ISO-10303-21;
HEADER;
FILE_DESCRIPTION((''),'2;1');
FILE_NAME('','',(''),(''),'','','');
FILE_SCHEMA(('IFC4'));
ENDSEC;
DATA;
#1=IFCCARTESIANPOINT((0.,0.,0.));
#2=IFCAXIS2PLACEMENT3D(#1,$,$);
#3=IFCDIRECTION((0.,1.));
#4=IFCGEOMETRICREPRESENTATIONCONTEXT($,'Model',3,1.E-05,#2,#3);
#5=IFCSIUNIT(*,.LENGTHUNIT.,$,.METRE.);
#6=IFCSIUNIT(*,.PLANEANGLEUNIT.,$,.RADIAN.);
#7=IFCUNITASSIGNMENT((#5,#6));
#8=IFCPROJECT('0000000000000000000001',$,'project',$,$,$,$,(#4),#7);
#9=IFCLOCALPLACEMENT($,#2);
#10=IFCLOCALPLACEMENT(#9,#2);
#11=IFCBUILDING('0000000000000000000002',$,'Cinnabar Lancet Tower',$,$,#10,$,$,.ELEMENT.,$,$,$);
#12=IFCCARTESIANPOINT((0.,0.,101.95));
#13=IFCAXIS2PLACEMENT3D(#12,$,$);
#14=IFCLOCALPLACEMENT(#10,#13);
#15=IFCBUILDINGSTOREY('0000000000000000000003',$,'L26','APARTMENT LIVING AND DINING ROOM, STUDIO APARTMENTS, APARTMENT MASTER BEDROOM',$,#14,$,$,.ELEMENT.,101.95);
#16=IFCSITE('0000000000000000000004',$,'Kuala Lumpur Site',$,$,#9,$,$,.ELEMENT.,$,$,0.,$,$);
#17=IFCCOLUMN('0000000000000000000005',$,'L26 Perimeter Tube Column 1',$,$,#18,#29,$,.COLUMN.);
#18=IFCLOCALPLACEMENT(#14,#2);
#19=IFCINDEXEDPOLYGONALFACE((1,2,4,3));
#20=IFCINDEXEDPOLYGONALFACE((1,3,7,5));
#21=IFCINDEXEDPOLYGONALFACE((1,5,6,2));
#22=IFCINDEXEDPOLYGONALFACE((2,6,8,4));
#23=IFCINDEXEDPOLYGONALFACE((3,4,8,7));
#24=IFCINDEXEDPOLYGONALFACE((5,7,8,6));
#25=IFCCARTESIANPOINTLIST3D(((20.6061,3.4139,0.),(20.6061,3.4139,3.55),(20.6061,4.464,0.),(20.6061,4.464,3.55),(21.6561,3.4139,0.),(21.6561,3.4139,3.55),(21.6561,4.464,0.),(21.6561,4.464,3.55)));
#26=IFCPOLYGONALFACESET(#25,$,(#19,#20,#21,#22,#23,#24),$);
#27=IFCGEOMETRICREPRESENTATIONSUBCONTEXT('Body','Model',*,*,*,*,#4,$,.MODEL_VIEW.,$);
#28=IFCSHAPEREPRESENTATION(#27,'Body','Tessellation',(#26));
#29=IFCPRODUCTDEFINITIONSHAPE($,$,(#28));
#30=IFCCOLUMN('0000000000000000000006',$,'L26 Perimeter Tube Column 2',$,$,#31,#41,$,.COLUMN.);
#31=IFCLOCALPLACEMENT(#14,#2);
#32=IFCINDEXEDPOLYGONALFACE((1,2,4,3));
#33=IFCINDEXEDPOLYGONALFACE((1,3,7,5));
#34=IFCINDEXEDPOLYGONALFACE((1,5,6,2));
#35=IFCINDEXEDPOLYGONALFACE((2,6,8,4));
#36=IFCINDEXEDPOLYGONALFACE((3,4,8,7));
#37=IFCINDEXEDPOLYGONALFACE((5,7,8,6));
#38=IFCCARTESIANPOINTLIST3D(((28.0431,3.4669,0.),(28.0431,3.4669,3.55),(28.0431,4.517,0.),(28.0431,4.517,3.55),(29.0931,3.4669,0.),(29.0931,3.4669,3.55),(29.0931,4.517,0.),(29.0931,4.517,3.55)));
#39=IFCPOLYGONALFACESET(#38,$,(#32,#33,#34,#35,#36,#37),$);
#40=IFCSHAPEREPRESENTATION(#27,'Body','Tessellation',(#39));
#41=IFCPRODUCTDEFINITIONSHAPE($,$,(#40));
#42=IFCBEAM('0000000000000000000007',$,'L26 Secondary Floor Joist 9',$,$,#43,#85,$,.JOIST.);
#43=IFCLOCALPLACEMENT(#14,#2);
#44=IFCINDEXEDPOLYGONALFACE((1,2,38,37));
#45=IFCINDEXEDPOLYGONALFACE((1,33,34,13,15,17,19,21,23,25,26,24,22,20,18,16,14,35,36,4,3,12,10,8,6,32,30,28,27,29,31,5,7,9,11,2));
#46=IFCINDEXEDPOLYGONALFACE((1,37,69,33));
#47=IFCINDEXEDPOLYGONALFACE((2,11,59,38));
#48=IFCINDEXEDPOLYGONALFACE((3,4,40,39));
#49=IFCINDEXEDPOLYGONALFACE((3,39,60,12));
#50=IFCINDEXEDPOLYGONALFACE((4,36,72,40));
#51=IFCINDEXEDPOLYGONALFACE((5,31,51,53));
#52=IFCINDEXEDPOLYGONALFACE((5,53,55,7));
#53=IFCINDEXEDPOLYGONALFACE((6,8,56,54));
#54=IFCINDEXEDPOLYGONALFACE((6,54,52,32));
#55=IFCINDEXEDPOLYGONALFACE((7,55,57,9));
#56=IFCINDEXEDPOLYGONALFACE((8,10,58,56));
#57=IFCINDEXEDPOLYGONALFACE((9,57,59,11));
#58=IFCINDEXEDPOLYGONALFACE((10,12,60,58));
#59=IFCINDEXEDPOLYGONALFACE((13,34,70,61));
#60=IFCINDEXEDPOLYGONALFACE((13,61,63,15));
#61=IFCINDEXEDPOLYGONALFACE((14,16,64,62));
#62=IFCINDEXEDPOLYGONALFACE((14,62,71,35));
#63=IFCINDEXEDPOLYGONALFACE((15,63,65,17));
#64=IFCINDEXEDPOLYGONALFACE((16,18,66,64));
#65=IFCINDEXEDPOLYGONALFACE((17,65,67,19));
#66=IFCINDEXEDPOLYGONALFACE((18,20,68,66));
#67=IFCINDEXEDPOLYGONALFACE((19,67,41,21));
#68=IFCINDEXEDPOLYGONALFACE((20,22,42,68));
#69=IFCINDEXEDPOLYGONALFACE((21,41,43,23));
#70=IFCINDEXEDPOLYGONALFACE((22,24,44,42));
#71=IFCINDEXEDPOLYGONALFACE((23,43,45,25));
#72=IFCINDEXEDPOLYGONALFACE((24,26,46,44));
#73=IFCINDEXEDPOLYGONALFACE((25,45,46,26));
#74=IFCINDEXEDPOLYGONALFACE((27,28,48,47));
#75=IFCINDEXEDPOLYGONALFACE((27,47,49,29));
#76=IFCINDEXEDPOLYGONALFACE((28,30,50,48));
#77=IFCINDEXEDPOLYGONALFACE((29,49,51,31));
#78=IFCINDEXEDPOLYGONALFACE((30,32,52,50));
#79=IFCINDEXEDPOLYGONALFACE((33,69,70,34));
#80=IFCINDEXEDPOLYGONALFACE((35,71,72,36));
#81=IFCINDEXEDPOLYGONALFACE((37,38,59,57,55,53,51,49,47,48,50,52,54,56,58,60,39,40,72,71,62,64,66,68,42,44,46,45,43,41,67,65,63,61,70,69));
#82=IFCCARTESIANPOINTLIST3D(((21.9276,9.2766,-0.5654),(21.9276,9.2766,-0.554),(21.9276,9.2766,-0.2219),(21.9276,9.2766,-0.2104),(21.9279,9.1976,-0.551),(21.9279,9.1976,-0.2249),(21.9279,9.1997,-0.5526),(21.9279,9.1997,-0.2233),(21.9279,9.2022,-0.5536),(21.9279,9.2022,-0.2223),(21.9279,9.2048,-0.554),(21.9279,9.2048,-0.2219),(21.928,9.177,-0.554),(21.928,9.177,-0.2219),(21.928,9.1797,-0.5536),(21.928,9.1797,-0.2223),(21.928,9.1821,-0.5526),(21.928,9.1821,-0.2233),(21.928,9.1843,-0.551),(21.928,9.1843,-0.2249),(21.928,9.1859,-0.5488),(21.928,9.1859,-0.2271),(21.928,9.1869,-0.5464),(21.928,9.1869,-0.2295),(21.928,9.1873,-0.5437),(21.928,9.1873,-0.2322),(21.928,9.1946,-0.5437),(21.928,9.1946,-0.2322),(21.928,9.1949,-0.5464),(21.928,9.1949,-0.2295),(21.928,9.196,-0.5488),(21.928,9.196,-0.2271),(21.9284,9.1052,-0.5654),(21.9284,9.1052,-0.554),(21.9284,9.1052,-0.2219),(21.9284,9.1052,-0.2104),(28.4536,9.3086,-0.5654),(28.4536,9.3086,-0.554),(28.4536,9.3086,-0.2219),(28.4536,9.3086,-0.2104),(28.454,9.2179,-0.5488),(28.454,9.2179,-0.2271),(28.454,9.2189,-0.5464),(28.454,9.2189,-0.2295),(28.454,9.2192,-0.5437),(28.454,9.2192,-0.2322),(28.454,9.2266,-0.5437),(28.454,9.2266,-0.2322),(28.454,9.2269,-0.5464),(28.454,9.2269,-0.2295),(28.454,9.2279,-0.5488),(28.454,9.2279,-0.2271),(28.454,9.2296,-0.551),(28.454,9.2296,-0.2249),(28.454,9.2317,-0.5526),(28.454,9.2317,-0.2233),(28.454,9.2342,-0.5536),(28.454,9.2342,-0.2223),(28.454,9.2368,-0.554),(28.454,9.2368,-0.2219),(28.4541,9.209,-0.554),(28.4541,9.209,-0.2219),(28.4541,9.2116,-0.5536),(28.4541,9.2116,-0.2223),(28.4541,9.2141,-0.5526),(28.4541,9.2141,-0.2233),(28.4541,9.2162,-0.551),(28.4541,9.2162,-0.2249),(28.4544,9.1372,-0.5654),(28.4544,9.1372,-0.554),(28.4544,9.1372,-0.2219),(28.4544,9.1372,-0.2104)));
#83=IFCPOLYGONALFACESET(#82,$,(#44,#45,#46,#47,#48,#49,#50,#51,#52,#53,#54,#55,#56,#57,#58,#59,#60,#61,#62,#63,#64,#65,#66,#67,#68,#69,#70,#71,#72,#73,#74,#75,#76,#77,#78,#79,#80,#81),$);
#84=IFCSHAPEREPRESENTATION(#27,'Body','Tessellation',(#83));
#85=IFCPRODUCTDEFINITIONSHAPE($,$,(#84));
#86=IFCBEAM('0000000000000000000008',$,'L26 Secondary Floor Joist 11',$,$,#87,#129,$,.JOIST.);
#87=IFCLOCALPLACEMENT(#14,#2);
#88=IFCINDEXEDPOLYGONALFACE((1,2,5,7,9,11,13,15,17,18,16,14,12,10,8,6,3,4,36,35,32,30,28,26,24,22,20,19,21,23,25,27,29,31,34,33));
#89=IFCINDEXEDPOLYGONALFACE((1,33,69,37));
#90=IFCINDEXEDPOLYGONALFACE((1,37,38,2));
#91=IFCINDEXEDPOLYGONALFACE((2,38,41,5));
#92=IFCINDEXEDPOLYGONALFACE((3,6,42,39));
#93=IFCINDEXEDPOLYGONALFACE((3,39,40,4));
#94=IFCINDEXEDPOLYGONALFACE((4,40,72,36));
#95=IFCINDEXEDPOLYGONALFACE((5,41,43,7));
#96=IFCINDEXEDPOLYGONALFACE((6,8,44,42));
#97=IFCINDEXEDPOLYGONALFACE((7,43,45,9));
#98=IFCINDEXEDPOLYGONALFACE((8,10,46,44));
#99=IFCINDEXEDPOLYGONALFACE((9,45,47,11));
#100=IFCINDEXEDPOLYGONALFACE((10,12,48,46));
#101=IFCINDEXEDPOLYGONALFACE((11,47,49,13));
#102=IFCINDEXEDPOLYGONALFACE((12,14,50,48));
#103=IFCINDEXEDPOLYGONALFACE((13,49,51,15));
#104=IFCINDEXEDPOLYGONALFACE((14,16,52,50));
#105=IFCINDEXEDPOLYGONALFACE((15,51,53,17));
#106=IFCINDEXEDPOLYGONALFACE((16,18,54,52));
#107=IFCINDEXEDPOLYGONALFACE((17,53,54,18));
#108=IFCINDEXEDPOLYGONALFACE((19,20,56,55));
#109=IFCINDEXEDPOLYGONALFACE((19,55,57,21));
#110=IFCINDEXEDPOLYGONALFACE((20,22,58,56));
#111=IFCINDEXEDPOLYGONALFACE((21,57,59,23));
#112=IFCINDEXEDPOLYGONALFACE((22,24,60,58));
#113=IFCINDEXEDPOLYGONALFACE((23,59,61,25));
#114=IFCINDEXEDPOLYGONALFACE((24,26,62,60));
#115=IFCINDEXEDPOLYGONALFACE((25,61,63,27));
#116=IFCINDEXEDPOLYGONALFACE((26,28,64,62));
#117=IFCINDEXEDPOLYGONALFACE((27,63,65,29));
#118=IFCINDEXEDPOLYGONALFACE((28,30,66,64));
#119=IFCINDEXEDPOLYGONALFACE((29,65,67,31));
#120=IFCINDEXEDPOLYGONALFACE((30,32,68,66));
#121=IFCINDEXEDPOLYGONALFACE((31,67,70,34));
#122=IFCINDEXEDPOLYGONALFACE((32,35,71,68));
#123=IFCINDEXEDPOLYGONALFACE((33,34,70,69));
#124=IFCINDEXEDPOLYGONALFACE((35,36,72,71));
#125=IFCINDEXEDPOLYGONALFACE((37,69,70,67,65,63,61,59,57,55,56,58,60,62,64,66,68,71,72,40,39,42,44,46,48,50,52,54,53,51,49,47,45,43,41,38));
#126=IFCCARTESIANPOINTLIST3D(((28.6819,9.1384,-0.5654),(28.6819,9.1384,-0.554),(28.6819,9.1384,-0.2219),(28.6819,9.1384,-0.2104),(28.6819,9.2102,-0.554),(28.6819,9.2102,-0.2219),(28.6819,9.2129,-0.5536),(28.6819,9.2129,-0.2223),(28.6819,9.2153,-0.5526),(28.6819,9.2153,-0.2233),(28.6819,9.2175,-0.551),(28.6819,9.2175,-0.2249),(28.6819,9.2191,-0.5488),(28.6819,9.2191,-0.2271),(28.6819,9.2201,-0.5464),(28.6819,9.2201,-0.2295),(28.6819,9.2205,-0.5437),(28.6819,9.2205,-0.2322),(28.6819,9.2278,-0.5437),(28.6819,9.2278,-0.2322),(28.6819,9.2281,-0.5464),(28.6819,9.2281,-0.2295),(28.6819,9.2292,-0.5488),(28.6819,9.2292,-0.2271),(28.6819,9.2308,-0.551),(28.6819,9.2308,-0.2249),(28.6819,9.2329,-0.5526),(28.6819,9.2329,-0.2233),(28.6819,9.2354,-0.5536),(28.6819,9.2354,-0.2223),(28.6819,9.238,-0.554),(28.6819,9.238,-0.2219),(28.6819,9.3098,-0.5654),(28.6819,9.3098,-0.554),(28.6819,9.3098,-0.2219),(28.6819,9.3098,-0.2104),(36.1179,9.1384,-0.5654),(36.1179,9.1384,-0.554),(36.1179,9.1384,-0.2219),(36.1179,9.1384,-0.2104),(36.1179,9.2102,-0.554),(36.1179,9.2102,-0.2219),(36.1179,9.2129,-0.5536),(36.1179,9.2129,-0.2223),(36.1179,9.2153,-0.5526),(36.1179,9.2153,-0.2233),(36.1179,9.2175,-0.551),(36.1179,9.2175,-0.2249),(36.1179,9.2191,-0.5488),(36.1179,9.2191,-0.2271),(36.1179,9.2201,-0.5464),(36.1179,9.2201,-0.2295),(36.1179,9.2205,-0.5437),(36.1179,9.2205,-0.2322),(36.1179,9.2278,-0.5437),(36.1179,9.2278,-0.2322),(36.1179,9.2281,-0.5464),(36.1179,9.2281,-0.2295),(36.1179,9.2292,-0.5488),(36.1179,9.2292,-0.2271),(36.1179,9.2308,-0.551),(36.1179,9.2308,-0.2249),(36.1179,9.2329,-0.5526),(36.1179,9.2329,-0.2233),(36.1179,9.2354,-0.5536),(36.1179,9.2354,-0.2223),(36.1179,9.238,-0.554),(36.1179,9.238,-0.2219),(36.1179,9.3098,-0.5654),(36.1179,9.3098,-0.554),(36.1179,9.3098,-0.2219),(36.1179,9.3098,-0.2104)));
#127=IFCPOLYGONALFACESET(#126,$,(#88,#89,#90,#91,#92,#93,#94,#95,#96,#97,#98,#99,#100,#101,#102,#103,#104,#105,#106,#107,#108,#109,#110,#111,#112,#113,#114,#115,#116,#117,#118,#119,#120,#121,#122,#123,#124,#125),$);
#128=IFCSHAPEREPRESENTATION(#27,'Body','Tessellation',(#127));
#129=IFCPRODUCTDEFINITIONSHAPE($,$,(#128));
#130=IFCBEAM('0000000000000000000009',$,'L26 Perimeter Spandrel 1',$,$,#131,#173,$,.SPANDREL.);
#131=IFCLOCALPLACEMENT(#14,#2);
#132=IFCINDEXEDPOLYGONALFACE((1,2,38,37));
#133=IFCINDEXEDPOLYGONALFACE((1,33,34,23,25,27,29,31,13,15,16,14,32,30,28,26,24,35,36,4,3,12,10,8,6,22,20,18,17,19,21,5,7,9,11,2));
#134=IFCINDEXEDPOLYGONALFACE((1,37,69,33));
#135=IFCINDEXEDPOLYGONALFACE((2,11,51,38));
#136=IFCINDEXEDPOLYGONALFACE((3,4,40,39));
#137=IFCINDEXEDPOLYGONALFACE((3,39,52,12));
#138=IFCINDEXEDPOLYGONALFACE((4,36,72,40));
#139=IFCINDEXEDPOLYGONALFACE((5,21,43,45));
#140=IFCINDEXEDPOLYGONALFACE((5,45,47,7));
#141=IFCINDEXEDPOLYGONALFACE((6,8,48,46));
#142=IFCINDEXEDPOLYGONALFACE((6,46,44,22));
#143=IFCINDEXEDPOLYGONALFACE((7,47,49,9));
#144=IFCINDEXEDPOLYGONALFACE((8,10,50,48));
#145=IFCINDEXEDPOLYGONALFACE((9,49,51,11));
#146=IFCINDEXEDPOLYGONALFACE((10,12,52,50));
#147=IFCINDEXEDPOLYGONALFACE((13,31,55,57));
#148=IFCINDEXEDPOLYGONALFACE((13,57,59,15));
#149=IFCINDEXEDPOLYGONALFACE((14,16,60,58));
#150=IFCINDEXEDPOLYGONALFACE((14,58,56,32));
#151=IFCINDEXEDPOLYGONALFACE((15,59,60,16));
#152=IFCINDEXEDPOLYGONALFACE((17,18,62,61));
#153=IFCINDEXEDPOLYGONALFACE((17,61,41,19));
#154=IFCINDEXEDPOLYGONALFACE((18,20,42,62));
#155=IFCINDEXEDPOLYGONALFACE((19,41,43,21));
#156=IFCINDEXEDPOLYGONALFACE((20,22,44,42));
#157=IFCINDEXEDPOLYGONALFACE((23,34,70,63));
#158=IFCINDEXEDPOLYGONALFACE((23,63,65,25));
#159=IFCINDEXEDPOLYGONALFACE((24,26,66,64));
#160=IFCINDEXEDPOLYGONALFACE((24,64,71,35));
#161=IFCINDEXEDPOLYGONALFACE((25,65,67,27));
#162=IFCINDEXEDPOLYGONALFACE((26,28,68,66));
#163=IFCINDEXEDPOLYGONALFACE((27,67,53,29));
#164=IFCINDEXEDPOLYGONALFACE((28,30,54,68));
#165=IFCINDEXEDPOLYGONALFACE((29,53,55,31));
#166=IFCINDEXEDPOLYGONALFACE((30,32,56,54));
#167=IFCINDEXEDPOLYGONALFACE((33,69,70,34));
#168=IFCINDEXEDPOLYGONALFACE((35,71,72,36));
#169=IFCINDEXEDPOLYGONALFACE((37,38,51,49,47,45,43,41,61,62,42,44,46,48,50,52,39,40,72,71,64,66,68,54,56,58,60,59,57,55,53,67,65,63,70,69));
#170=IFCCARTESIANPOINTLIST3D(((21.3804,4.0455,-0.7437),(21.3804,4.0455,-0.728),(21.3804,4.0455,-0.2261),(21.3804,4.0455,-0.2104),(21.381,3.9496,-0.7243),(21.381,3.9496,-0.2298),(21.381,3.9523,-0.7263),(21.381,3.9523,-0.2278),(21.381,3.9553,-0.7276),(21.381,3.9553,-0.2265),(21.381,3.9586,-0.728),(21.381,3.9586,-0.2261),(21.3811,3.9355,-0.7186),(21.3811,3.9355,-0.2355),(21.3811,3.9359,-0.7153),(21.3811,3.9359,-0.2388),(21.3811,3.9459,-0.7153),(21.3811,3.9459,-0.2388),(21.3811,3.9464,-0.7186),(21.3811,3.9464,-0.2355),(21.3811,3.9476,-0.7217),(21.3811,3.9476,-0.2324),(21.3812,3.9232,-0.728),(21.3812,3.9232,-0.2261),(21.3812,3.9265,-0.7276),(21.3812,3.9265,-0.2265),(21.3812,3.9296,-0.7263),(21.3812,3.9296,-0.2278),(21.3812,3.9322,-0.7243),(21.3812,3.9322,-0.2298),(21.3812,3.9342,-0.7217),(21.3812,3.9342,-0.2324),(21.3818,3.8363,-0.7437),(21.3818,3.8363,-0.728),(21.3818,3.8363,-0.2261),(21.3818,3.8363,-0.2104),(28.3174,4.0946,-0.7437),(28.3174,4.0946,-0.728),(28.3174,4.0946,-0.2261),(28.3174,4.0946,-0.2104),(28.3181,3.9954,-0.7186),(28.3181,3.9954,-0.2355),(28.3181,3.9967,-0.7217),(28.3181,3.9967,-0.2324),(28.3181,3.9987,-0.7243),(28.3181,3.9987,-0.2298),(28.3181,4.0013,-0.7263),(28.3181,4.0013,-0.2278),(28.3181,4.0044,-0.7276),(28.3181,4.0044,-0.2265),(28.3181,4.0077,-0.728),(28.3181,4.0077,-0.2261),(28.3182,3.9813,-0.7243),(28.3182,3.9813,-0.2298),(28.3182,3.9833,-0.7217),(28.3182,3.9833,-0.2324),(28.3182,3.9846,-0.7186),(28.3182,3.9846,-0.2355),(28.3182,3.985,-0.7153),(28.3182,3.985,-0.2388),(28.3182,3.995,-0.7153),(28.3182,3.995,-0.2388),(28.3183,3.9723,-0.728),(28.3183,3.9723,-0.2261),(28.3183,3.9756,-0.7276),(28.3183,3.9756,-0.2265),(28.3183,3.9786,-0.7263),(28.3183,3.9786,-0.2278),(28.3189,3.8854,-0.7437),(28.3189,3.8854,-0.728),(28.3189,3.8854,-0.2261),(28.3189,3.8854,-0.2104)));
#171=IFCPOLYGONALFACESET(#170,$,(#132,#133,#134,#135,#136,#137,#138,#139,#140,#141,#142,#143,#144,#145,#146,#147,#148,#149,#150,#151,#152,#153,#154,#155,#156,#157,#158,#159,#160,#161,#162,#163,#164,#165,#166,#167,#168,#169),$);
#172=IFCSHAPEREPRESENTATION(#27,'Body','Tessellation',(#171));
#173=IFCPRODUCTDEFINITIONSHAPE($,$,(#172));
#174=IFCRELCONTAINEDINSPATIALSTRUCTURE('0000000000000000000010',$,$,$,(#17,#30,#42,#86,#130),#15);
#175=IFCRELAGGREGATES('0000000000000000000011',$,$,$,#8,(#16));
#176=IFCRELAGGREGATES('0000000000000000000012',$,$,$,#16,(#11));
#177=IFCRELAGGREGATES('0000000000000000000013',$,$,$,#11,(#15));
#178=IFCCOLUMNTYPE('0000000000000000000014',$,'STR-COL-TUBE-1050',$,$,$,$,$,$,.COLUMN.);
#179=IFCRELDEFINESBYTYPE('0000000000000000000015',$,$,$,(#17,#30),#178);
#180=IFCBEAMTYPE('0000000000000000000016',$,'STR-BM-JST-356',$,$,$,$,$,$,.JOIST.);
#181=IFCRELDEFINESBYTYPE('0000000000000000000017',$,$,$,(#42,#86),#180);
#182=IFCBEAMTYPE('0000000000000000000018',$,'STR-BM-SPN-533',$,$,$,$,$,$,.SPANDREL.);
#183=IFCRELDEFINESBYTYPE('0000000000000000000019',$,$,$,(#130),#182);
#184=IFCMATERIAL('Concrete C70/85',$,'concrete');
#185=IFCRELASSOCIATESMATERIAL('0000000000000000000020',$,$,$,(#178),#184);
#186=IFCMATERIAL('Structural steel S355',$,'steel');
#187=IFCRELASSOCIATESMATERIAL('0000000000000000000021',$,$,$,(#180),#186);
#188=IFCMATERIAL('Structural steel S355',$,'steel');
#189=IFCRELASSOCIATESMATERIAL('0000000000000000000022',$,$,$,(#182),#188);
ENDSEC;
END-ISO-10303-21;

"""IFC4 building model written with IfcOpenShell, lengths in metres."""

from ifc_helpers import new_model, si_unit, direction, frame, origin, origin_2d, place, context, subcontext, project, spatial, rectangle, i_section, extrude, material, material_profile, profile_set, type_object, element, save


model = new_model("IFC4")

# Units and contexts
model_context = context("Model", 3, precision=1e-05, world=origin(), true_north=direction((0.0, 1.0)))
body_context = subcontext(model_context, "Body", "Model", "MODEL_VIEW")
ifc_project = project(units=[si_unit("LENGTHUNIT", "METRE"), si_unit("PLANEANGLEUNIT", "RADIAN")], contexts=[model_context])

# Site, building, storey
site_placement = place(None, origin())
site = spatial("IfcSite", under=ifc_project, at=site_placement, Name="Kuala Lumpur Site", CompositionType="ELEMENT", RefElevation=0.0)
building_placement = place(site_placement, origin())
building = spatial("IfcBuilding", under=site, at=building_placement, Name="Cinnabar Lancet Tower", CompositionType="ELEMENT")
storey_placement = place(building_placement, frame((0.0, 0.0, 101.95)))
storey = spatial("IfcBuildingStorey", under=building, at=storey_placement, Name="L26", Description="APARTMENT LIVING AND DINING ROOM, STUDIO APARTMENTS, APARTMENT MASTER BEDROOM", CompositionType="ELEMENT", Elevation=101.95)

# Columns
ifc_material_1 = material(Name="Concrete C70/85", Category="concrete")
ifc_material_profile_1 = material_profile(ifc_material_1, rectangle(XDim=1.05, YDim=1.05, at=origin_2d()), Name="RC-COL 1050x1050")
ifc_profile_set_1 = profile_set([ifc_material_profile_1], Name="Concrete C70/85")
column_type = type_object("IfcColumnType", Name="STR-COL-TUBE-1050", PredefinedType="COLUMN", material=ifc_profile_set_1)
for number, where, z_axis, x_axis, name in (
    (1, (21.1311, 3.939, 0.0), (0.0, 0.0, 1.0), (1.0, 0.0, 0.0), "L26 Perimeter Tube Column 1"),
    (2, (28.5681, 3.9919, 0.0), (0.0, 0.0, 1.0), (1.0, 0.0, 0.0), "L26 Perimeter Tube Column 2"),
):
    element("IfcColumn", number, at=place(storey_placement, frame(where, z_axis=z_axis, x_axis=x_axis)), inside=storey, type_object=column_type, Name=name, PredefinedType="COLUMN", context=body_context, shape_type="SweptSolid", body=[
        extrude(rectangle(XDim=1.05, YDim=1.05, at=origin_2d()), origin(), (0.0, 0.0, 1.0), 3.55),
    ])

# Beams
ifc_material_2 = material(Name="Structural steel S355", Category="steel")
ifc_material_profile_2 = material_profile(ifc_material_2, i_section(OverallWidth=0.1714, OverallDepth=0.355, WebThickness=0.0073, FlangeThickness=0.0115, FilletRadius=0.0103, at=origin_2d()), Name="UKB 356x171x51")
ifc_profile_set_2 = profile_set([ifc_material_profile_2], Name="Structural steel S355")
beam_type_1 = type_object("IfcBeamType", Name="STR-BM-JST-356", PredefinedType="JOIST", material=ifc_profile_set_2)
beam_1_placement = place(storey_placement, frame((21.928, 9.1909, -0.3879), z_axis=(0.999988, 0.004901, 0.0), x_axis=(-0.004901, 0.999988, 0.0)))
element("IfcBeam", 3, at=beam_1_placement, inside=storey, type_object=beam_type_1, Name="L26 Secondary Floor Joist 9", PredefinedType="JOIST", context=body_context, shape_type="SweptSolid", body=[
    extrude(i_section(OverallWidth=0.1714, OverallDepth=0.355, WebThickness=0.0073, FlangeThickness=0.0115, FilletRadius=0.0103, at=origin_2d()), origin(), (0.0, 0.0, 1.0), 6.5261),
])
beam_2_placement = place(storey_placement, frame((28.6819, 9.2241, -0.3879), z_axis=(1.0, 0.0, 0.0), x_axis=(0.0, 1.0, 0.0)))
element("IfcBeam", 4, at=beam_2_placement, inside=storey, type_object=beam_type_1, Name="L26 Secondary Floor Joist 11", PredefinedType="JOIST", context=body_context, shape_type="SweptSolid", body=[
    extrude(i_section(OverallWidth=0.1714, OverallDepth=0.355, WebThickness=0.0073, FlangeThickness=0.0115, FilletRadius=0.0103, at=origin_2d()), origin(), (0.0, 0.0, 1.0), 7.436),
])
ifc_material_3 = material(Name="Structural steel S355", Category="steel")
ifc_material_profile_3 = material_profile(ifc_material_3, i_section(OverallWidth=0.2092, OverallDepth=0.5332, WebThickness=0.01, FlangeThickness=0.0156, FilletRadius=0.0127, at=origin_2d()), Name="UKB 533x210x92")
ifc_profile_set_3 = profile_set([ifc_material_profile_3], Name="Structural steel S355")
beam_type_2 = type_object("IfcBeamType", Name="STR-BM-SPN-533", PredefinedType="SPANDREL", material=ifc_profile_set_3)
beam_3_placement = place(storey_placement, frame((21.3811, 3.9409, -0.4771), z_axis=(0.999975, 0.007074, 0.0), x_axis=(-0.007074, 0.999975, 0.0)))
element("IfcBeam", 5, at=beam_3_placement, inside=storey, type_object=beam_type_2, Name="L26 Perimeter Spandrel 1", PredefinedType="SPANDREL", context=body_context, shape_type="SweptSolid", body=[
    extrude(i_section(OverallWidth=0.2092, OverallDepth=0.5332, WebThickness=0.01, FlangeThickness=0.0156, FilletRadius=0.0127, at=origin_2d()), origin(), (0.0, 0.0, 1.0), 6.9373),
])

save(model, "model.ifc")
